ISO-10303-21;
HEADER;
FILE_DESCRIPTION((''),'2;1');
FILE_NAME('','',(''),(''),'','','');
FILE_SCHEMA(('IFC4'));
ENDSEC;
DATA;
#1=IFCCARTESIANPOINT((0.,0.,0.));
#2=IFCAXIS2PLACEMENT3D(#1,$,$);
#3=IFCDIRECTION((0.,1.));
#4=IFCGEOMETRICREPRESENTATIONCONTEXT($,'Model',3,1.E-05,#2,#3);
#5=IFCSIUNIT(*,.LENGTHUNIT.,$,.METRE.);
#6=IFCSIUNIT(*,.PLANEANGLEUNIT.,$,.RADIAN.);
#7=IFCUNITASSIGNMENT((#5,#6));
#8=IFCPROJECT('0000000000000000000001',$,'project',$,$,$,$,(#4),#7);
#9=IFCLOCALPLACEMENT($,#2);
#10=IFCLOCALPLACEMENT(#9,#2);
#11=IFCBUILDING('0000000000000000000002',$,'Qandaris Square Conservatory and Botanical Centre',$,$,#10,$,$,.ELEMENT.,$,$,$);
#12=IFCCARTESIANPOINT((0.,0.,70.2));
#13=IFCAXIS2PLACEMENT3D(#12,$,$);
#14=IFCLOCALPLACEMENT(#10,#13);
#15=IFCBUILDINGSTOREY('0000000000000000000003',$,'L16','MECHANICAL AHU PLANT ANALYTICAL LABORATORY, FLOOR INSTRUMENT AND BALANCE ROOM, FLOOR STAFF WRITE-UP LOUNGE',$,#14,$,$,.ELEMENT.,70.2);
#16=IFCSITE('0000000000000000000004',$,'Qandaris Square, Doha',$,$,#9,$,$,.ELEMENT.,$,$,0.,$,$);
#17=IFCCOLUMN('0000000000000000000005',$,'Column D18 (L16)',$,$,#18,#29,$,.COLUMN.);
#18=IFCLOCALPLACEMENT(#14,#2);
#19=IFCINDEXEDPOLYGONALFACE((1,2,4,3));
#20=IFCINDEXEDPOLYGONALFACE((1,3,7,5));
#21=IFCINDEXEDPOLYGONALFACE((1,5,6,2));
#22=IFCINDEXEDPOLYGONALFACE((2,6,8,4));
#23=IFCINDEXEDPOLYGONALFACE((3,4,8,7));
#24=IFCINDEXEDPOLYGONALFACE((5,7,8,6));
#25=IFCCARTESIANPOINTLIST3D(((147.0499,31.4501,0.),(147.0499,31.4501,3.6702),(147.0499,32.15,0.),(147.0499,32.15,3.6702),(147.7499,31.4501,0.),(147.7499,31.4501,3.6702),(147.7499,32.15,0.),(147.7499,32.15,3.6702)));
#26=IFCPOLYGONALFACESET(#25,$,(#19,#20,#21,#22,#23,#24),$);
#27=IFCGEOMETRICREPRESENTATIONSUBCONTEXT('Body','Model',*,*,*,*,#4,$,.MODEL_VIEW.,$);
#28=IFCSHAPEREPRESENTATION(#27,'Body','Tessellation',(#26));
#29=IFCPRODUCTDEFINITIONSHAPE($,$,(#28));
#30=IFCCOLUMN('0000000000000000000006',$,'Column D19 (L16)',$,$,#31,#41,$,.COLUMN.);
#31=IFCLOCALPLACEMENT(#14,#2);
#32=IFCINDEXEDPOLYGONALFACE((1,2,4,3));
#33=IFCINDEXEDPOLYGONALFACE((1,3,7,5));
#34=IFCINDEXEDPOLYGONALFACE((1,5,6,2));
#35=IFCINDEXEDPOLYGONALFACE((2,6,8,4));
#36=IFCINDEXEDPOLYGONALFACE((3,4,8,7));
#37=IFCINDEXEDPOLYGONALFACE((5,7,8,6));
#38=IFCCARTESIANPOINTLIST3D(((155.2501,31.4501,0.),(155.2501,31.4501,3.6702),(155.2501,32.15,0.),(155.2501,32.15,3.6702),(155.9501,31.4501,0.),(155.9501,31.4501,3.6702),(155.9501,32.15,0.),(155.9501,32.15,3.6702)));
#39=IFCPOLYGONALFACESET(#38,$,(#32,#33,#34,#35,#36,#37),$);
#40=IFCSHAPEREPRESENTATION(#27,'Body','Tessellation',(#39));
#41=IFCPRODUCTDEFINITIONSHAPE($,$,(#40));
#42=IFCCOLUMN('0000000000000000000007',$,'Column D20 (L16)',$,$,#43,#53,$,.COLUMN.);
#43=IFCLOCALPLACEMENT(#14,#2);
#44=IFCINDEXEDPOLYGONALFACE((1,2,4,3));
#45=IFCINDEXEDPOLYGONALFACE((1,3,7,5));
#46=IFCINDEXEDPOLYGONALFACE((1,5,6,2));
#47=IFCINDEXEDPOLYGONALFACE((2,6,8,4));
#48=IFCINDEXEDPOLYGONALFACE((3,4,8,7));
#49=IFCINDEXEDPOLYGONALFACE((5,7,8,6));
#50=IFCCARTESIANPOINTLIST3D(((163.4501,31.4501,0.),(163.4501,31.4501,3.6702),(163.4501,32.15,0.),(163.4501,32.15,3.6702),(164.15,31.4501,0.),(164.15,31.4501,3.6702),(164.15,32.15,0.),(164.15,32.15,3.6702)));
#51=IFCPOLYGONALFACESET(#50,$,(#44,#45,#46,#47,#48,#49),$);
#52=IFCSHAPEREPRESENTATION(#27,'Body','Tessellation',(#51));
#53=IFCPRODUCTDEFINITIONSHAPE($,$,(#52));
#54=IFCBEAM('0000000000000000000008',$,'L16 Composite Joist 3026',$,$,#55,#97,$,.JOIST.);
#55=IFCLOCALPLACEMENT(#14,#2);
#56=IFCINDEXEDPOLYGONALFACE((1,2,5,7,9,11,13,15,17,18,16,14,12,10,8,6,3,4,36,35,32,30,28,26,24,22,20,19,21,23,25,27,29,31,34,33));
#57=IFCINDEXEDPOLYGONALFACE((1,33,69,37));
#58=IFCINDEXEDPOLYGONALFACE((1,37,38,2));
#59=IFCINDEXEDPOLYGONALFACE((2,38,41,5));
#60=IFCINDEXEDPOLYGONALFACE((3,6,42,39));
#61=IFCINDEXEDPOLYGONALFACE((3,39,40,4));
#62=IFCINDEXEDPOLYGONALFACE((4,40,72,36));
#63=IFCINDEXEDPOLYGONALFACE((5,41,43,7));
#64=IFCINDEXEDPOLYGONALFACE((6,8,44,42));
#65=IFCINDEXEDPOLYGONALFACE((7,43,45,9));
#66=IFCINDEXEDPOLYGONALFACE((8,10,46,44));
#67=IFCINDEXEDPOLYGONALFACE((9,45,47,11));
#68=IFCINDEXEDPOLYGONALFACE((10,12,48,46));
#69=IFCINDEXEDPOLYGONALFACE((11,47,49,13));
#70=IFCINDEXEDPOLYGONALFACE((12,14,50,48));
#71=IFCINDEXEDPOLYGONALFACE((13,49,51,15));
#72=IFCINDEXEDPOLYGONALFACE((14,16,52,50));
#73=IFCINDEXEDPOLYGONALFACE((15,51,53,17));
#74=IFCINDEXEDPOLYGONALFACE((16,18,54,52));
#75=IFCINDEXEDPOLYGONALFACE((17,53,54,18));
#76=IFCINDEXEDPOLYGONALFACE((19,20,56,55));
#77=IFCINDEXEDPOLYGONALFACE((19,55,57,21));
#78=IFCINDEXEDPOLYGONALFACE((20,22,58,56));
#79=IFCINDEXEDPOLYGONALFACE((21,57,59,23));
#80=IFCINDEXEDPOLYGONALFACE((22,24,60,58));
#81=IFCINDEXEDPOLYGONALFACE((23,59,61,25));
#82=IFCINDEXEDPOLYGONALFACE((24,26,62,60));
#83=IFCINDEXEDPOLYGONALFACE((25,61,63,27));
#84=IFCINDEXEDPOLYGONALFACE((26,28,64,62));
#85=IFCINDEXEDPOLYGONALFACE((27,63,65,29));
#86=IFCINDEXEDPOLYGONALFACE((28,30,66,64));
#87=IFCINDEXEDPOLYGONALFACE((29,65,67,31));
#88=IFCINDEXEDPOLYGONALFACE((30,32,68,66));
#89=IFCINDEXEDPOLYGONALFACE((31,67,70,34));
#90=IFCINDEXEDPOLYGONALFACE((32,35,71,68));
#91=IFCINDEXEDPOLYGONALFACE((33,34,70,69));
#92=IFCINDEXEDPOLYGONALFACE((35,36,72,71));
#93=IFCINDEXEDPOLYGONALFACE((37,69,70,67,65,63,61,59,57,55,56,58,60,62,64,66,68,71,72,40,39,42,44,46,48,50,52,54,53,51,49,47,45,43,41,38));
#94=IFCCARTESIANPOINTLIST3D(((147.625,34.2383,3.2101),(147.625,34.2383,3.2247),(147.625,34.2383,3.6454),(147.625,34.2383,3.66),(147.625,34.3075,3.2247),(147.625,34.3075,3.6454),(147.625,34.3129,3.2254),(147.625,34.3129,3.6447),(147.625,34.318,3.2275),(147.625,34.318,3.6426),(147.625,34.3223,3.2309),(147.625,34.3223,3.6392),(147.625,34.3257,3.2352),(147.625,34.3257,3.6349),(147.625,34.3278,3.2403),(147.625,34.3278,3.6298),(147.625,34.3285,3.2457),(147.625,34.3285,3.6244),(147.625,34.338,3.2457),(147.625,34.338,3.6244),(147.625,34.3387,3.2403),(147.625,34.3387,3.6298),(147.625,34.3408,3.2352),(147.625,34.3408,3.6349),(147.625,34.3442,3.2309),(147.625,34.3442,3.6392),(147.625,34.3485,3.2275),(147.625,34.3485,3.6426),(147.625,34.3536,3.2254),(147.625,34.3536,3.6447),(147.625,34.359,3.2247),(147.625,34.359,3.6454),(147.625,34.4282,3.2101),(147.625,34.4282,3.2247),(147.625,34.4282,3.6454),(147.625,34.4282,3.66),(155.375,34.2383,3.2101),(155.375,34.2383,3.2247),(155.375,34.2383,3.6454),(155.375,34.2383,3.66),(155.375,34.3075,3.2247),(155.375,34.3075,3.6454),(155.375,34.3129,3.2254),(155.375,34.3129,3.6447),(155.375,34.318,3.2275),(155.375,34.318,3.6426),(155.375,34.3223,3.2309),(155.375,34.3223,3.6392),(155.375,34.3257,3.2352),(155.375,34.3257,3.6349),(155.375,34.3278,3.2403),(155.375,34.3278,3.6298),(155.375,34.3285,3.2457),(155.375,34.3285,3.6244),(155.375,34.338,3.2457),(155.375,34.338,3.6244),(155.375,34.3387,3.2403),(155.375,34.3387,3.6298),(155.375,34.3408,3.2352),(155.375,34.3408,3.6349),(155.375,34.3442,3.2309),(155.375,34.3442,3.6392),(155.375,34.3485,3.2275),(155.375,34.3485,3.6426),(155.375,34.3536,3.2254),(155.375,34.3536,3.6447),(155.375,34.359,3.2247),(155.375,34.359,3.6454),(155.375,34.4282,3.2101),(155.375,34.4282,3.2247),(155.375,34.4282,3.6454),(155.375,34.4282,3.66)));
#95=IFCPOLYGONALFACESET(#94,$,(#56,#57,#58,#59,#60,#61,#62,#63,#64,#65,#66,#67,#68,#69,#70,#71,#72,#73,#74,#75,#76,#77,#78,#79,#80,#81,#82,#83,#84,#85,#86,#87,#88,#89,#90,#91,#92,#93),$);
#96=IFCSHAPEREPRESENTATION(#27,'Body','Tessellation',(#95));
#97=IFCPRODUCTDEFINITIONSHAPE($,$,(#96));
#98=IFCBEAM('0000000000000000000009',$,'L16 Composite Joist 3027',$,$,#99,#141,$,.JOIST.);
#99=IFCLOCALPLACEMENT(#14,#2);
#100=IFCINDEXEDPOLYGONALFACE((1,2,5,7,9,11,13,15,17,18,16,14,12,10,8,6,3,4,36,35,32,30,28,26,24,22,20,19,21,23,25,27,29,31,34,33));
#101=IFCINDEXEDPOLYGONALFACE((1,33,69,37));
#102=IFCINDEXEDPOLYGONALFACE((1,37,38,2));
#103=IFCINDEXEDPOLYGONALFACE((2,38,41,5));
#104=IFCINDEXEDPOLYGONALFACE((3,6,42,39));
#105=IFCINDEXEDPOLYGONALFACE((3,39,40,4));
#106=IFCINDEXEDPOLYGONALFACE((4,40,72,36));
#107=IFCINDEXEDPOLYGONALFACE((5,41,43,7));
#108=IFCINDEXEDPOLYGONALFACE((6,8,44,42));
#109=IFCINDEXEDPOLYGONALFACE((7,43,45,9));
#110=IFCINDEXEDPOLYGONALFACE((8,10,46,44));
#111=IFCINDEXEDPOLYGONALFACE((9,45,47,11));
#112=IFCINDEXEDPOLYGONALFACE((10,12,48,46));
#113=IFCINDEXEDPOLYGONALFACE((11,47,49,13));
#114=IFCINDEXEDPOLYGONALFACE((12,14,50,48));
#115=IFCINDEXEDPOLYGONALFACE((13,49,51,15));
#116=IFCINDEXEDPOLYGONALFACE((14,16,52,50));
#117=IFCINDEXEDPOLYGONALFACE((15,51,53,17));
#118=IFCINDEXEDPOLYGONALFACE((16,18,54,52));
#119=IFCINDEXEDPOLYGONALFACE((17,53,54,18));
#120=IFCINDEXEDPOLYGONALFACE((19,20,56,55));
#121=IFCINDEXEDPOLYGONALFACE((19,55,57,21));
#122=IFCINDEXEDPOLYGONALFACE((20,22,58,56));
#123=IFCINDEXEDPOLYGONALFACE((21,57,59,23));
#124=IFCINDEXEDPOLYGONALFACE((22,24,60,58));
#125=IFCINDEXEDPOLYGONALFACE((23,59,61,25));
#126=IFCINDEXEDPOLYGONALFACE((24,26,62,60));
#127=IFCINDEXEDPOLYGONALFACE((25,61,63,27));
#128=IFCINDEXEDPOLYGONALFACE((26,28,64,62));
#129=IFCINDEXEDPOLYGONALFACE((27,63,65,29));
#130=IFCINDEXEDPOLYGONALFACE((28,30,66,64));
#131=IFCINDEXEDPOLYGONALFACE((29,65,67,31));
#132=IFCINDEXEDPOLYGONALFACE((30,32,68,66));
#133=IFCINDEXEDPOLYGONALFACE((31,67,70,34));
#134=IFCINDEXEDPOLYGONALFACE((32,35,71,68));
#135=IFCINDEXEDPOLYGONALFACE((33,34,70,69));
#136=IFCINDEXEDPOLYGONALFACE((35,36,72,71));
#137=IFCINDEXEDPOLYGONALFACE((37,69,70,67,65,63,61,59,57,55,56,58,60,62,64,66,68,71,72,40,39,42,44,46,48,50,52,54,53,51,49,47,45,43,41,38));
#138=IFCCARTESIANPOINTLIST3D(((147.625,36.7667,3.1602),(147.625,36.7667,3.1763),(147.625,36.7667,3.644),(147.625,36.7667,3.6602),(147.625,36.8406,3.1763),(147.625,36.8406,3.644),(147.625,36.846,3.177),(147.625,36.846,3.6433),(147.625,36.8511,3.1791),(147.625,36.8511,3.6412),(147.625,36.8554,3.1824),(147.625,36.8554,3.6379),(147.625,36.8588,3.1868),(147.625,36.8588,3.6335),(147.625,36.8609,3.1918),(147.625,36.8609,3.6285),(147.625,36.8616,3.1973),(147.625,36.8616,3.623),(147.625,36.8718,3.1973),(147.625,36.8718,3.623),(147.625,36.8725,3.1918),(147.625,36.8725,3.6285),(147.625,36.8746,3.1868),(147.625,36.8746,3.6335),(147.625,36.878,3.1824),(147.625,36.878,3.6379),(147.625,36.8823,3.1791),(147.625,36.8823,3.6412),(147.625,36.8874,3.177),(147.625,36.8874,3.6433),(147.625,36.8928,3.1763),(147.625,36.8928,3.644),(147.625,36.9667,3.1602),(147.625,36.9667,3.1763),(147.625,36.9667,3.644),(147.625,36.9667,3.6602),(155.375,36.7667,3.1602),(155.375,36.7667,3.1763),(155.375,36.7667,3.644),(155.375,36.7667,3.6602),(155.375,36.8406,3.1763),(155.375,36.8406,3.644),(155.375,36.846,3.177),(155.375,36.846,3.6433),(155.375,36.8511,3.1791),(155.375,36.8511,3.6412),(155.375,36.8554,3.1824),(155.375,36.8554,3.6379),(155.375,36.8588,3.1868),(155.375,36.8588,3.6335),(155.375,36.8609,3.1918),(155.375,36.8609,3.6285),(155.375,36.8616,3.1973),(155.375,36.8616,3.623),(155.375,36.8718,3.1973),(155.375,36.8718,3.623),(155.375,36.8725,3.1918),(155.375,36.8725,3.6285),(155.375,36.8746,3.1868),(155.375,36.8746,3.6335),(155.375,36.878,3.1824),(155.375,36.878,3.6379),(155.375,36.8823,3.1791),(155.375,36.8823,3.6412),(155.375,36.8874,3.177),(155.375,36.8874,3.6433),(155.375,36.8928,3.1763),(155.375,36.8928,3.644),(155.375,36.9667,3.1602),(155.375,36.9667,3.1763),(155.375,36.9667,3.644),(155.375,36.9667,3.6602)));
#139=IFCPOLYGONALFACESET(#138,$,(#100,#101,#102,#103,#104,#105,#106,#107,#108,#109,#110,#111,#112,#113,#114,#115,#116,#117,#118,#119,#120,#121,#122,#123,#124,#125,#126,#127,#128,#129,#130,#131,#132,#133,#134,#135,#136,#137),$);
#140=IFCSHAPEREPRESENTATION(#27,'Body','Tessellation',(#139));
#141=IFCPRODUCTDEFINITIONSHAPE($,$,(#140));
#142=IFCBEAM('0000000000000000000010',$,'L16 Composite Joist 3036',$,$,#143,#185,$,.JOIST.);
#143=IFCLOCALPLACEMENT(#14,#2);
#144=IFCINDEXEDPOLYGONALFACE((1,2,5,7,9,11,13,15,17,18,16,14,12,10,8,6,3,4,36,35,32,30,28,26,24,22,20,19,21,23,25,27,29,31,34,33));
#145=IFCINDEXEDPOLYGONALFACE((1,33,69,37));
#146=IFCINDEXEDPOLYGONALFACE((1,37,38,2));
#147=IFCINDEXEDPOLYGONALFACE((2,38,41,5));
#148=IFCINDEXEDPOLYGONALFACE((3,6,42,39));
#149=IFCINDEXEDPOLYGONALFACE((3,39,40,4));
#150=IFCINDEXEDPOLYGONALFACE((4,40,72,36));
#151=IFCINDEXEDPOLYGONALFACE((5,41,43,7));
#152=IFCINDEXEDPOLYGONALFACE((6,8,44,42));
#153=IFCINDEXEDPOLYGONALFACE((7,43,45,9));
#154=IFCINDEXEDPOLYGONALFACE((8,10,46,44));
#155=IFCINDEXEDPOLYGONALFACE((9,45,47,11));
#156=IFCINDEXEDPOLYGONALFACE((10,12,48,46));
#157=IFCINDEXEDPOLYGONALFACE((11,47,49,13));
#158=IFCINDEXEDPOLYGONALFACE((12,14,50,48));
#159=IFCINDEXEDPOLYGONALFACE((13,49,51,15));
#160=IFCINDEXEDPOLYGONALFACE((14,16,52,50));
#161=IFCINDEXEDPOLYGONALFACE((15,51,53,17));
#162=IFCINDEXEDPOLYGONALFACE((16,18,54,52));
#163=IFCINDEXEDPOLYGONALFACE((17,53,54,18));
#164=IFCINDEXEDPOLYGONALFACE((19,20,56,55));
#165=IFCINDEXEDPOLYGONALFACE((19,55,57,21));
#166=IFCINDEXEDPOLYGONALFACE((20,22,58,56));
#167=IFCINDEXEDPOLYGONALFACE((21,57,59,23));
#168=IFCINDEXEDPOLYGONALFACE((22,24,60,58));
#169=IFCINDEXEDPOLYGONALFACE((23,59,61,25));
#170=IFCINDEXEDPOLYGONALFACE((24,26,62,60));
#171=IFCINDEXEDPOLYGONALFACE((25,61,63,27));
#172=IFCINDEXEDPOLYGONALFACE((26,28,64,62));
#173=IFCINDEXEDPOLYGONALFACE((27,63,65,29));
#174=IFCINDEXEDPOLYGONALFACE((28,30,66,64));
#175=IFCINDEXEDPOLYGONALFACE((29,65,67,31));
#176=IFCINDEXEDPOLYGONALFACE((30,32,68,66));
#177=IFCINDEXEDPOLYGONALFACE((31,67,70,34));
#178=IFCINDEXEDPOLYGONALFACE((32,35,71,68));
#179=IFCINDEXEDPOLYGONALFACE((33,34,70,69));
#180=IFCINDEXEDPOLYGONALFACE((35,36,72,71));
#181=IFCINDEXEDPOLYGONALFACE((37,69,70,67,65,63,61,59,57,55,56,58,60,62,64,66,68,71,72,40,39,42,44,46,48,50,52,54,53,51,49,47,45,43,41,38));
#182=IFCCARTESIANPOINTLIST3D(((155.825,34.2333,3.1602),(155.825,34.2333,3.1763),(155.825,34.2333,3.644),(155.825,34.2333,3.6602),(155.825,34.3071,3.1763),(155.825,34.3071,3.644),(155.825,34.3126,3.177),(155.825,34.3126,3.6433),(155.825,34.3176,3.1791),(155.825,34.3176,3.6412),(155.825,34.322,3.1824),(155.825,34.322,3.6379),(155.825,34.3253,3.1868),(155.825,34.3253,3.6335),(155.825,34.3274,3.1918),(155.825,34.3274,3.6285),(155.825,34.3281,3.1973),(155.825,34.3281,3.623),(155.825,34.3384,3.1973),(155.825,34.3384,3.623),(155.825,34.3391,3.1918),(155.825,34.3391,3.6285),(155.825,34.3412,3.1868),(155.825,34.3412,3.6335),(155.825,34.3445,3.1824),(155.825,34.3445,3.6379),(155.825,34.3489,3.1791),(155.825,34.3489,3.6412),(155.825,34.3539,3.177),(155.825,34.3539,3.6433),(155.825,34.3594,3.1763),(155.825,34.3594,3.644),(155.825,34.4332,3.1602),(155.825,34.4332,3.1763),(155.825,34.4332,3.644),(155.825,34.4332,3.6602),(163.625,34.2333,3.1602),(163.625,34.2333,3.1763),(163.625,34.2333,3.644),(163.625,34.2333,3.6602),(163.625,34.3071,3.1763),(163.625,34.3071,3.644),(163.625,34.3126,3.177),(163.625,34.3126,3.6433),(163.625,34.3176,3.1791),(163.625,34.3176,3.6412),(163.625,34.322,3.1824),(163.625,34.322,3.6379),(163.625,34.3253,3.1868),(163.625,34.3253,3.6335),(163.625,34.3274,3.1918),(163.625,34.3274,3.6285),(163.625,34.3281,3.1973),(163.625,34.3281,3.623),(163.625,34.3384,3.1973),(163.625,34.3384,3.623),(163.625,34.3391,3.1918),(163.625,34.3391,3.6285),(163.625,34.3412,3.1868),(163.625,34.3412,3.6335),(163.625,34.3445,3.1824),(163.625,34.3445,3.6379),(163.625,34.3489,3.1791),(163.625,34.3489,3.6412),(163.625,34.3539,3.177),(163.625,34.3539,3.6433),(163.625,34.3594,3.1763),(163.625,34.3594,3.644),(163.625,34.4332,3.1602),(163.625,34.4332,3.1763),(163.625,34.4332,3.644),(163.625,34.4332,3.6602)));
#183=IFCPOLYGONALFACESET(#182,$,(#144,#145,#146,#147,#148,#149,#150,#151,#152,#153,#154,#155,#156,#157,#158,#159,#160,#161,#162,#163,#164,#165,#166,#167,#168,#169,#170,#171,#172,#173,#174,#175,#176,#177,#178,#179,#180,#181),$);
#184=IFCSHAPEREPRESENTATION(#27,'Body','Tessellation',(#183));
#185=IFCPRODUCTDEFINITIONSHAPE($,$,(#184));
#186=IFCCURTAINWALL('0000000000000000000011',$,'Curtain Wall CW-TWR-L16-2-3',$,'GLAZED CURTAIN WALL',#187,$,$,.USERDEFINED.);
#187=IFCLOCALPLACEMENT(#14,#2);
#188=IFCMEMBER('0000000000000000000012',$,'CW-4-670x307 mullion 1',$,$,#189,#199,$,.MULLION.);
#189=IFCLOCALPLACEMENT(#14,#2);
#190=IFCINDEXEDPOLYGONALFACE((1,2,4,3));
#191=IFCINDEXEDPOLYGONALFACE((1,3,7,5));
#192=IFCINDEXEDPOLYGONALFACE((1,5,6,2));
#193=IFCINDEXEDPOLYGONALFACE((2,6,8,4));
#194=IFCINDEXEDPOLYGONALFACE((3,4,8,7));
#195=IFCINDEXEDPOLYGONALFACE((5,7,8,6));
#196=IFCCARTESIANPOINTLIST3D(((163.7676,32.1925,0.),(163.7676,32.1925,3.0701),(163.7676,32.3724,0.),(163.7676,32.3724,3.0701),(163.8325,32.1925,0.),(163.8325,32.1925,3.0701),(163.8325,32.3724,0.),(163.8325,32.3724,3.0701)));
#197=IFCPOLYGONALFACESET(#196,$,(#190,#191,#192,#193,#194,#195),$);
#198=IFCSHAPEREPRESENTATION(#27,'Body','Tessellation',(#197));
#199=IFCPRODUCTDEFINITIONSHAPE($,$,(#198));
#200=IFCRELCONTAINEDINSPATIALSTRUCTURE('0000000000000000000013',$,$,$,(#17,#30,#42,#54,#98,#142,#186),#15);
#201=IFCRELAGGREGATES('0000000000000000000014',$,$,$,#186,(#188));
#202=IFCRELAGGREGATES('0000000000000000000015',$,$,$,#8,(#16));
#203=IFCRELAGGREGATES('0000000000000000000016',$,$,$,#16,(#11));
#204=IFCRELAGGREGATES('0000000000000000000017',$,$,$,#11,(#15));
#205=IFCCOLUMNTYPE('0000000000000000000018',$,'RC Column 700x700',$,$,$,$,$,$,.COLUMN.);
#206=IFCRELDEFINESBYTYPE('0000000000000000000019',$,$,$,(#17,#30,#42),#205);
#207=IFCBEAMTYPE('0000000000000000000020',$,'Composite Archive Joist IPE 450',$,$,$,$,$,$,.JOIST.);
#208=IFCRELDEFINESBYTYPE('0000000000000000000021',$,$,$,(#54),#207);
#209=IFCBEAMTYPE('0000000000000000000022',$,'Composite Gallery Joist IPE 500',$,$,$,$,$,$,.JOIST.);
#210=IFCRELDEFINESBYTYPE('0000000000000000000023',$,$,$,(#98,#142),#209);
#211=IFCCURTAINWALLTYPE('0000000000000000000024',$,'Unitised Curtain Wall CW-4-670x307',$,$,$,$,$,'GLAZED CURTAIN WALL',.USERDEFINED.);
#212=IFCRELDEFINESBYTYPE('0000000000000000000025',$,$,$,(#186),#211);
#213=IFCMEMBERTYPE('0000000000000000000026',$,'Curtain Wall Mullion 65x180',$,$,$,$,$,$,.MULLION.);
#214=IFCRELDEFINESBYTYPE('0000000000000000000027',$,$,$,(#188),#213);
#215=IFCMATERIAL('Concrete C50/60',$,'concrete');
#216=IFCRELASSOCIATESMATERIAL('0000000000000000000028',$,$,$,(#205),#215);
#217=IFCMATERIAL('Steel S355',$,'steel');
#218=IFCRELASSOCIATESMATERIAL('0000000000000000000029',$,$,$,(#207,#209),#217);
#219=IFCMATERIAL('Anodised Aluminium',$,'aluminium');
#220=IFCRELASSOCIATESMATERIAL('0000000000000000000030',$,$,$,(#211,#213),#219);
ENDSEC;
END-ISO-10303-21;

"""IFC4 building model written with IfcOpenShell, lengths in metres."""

from ifc_helpers import new_model, si_unit, direction, frame, origin, origin_2d, place, context, subcontext, project, spatial, rectangle, i_section, extrude, material, material_profile, profile_set, type_object, element, aggregate, save


model = new_model("IFC4")

# Units and contexts
model_context = context("Model", 3, precision=1e-05, world=origin(), true_north=direction((0.0, 1.0)))
body_context = subcontext(model_context, "Body", "Model", "MODEL_VIEW")
ifc_project = project(units=[si_unit("LENGTHUNIT", "METRE"), si_unit("PLANEANGLEUNIT", "RADIAN")], contexts=[model_context])

# Site, building, storey
site_placement = place(None, origin())
site = spatial("IfcSite", under=ifc_project, at=site_placement, Name="Qandaris Square, Doha", CompositionType="ELEMENT", RefElevation=0.0)
building_placement = place(site_placement, origin())
building = spatial("IfcBuilding", under=site, at=building_placement, Name="Qandaris Square Conservatory and Botanical Centre", CompositionType="ELEMENT")
storey_placement = place(building_placement, frame((0.0, 0.0, 70.2)))
storey = spatial("IfcBuildingStorey", under=building, at=storey_placement, Name="L16", Description="MECHANICAL AHU PLANT ANALYTICAL LABORATORY, FLOOR INSTRUMENT AND BALANCE ROOM, FLOOR STAFF WRITE-UP LOUNGE", CompositionType="ELEMENT", Elevation=70.2)

# Columns
ifc_material_1 = material(Name="Concrete C50/60", Category="concrete")
ifc_material_profile_1 = material_profile(ifc_material_1, rectangle(XDim=0.7, YDim=0.7, at=origin_2d()), Name="RC-COL 700x700")
ifc_profile_set_1 = profile_set([ifc_material_profile_1], Name="Concrete C50/60")
column_type = type_object("IfcColumnType", Name="RC Column 700x700", PredefinedType="COLUMN", material=ifc_profile_set_1)
for number, where, z_axis, x_axis, name in (
    (1, (147.3999, 31.8, 0.0), (0.0, 0.0, 1.0), (1.0, 0.0, 0.0), "Column D18 (L16)"),
    (2, (155.6001, 31.8, 0.0), (0.0, 0.0, 1.0), (1.0, 0.0, 0.0), "Column D19 (L16)"),
    (3, (163.8, 31.8, 0.0), (0.0, 0.0, 1.0), (1.0, 0.0, 0.0), "Column D20 (L16)"),
):
    element("IfcColumn", number, at=place(storey_placement, frame(where, z_axis=z_axis, x_axis=x_axis)), inside=storey, type_object=column_type, Name=name, PredefinedType="COLUMN", context=body_context, shape_type="SweptSolid", body=[
        extrude(rectangle(XDim=0.7, YDim=0.7, at=origin_2d()), origin(), (0.0, 0.0, 1.0), 3.6702),
    ])

# Beams
ifc_material_2 = material(Name="Steel S355", Category="steel")
ifc_material_profile_2 = material_profile(ifc_material_2, i_section(OverallWidth=0.1899, OverallDepth=0.45, WebThickness=0.0095, FlangeThickness=0.0146, FilletRadius=0.021, at=origin_2d()), Name="IPE 450")
ifc_profile_set_2 = profile_set([ifc_material_profile_2], Name="Steel S355")
beam_type_1 = type_object("IfcBeamType", Name="Composite Archive Joist IPE 450", PredefinedType="JOIST", material=ifc_profile_set_2)
beam_1_placement = place(storey_placement, frame((147.625, 34.3333, 3.4351), z_axis=(1.0, 0.0, 0.0), x_axis=(0.0, 1.0, 0.0)))
element("IfcBeam", 4, at=beam_1_placement, inside=storey, type_object=beam_type_1, Name="L16 Composite Joist 3026", PredefinedType="JOIST", context=body_context, shape_type="SweptSolid", body=[
    extrude(i_section(OverallWidth=0.1899, OverallDepth=0.45, WebThickness=0.0095, FlangeThickness=0.0146, FilletRadius=0.021, at=origin_2d()), origin(), (0.0, 0.0, 1.0), 7.75),
])
ifc_material_profile_3 = material_profile(ifc_material_2, i_section(OverallWidth=0.2, OverallDepth=0.5, WebThickness=0.0103, FlangeThickness=0.0161, FilletRadius=0.021, at=origin_2d()), Name="IPE 500")
ifc_profile_set_3 = profile_set([ifc_material_profile_3], Name="Steel S355")
beam_type_2 = type_object("IfcBeamType", Name="Composite Gallery Joist IPE 500", PredefinedType="JOIST", material=ifc_profile_set_3)
beam_2_placement = place(storey_placement, frame((147.625, 36.8667, 3.4102), z_axis=(1.0, 0.0, 0.0), x_axis=(0.0, 1.0, 0.0)))
element("IfcBeam", 5, at=beam_2_placement, inside=storey, type_object=beam_type_2, Name="L16 Composite Joist 3027", PredefinedType="JOIST", context=body_context, shape_type="SweptSolid", body=[
    extrude(i_section(OverallWidth=0.2, OverallDepth=0.5, WebThickness=0.0103, FlangeThickness=0.0161, FilletRadius=0.021, at=origin_2d()), origin(), (0.0, 0.0, 1.0), 7.75),
])
beam_3_placement = place(storey_placement, frame((155.825, 34.3333, 3.4102), z_axis=(1.0, 0.0, 0.0), x_axis=(0.0, 1.0, 0.0)))
element("IfcBeam", 6, at=beam_3_placement, inside=storey, type_object=beam_type_2, Name="L16 Composite Joist 3036", PredefinedType="JOIST", context=body_context, shape_type="SweptSolid", body=[
    extrude(i_section(OverallWidth=0.2, OverallDepth=0.5, WebThickness=0.0103, FlangeThickness=0.0161, FilletRadius=0.021, at=origin_2d()), origin(), (0.0, 0.0, 1.0), 7.8),
])

# Curtain wall, member
ifc_material_3 = material(Name="Anodised Aluminium", Category="aluminium")
curtain_wall_type = type_object("IfcCurtainWallType", Name="Unitised Curtain Wall CW-4-670x307", ElementType="GLAZED CURTAIN WALL", PredefinedType="USERDEFINED", material=ifc_material_3)
curtain_wall_placement = place(storey_placement, origin())
curtain_wall = element("IfcCurtainWall", 7, at=curtain_wall_placement, inside=storey, type_object=curtain_wall_type, Name="Curtain Wall CW-TWR-L16-2-3", ObjectType="GLAZED CURTAIN WALL", PredefinedType="USERDEFINED")
ifc_material_profile_4 = material_profile(ifc_material_3, rectangle(XDim=0.0649, YDim=0.1799, at=origin_2d()), Name="ALU-MUL 65x180")
ifc_profile_set_4 = profile_set([ifc_material_profile_4], Name="Anodised Aluminium")
member_type_1 = type_object("IfcMemberType", Name="Curtain Wall Mullion 65x180", PredefinedType="MULLION", material=ifc_profile_set_4)
member_1_placement = place(storey_placement, frame((163.8, 32.2825, 0.0), z_axis=(0.0, 0.0, 1.0), x_axis=(-1.0, 0.0, 0.0)))
member_1 = element("IfcMember", 8, at=member_1_placement, type_object=member_type_1, Name="CW-4-670x307 mullion 1", PredefinedType="MULLION", context=body_context, shape_type="SweptSolid", body=[
    extrude(rectangle(XDim=0.0649, YDim=0.1799, at=origin_2d()), origin(), (0.0, 0.0, 1.0), 3.0701),
])

aggregate(curtain_wall, [member_1])

save(model, "model.ifc")
